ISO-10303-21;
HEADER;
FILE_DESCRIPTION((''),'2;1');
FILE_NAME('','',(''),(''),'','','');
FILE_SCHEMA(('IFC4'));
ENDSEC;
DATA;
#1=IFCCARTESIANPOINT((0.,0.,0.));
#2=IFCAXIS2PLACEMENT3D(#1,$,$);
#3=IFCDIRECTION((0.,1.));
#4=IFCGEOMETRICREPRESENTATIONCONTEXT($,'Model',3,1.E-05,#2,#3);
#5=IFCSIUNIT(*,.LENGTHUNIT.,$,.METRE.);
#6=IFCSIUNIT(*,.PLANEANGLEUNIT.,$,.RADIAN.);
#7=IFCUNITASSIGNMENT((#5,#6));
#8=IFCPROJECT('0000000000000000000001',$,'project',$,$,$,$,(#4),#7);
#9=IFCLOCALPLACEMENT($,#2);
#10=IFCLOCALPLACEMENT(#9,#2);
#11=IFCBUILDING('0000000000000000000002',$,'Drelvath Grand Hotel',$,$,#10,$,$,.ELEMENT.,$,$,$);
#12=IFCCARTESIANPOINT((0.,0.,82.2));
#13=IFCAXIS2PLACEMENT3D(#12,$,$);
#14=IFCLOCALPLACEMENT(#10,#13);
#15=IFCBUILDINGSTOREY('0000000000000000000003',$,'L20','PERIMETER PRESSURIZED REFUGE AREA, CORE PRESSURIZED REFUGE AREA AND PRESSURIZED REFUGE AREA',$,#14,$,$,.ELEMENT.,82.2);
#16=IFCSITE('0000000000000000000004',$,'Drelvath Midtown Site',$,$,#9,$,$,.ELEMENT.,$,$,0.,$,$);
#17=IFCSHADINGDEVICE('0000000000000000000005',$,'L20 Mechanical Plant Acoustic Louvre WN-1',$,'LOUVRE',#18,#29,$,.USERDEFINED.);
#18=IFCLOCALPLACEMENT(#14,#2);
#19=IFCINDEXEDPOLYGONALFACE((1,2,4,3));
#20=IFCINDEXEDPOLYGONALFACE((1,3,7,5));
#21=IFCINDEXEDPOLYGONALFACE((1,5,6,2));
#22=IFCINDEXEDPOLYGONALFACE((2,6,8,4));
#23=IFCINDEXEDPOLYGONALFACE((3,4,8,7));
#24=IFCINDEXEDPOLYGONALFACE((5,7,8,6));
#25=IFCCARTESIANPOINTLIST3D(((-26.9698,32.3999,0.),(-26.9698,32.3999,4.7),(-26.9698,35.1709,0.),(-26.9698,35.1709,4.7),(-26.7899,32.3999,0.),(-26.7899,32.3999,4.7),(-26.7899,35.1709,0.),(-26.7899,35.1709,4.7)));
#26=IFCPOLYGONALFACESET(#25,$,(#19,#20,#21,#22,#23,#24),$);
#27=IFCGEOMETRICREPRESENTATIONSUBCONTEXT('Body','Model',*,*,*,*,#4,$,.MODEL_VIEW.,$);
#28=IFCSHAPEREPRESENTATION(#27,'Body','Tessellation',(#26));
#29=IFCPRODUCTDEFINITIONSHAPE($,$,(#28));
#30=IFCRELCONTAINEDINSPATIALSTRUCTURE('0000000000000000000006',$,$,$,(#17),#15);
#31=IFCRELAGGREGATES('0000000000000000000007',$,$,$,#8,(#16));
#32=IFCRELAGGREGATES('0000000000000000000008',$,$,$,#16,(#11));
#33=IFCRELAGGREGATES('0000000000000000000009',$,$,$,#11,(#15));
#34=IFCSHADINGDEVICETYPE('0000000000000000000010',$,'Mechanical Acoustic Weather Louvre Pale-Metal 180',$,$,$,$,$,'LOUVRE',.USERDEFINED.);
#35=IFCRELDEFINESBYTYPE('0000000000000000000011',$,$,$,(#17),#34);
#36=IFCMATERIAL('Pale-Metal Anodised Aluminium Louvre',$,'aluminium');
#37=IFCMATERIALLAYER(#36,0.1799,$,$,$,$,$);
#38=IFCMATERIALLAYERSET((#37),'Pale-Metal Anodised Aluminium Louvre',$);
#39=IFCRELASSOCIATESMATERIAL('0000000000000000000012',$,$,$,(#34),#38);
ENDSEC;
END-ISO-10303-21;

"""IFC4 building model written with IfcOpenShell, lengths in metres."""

from ifc_helpers import new_model, si_unit, direction, frame, origin, origin_2d, place, context, subcontext, project, spatial, rectangle, extrude, material, layer, layer_set, type_object, element, save


model = new_model("IFC4")

# Units and contexts
model_context = context("Model", 3, precision=1e-05, world=origin(), true_north=direction((0.0, 1.0)))
body_context = subcontext(model_context, "Body", "Model", "MODEL_VIEW")
ifc_project = project(units=[si_unit("LENGTHUNIT", "METRE"), si_unit("PLANEANGLEUNIT", "RADIAN")], contexts=[model_context])

# Site, building, storey
site_placement = place(None, origin())
site = spatial("IfcSite", under=ifc_project, at=site_placement, Name="Drelvath Midtown Site", CompositionType="ELEMENT", RefElevation=0.0)
building_placement = place(site_placement, origin())
building = spatial("IfcBuilding", under=site, at=building_placement, Name="Drelvath Grand Hotel", CompositionType="ELEMENT")
storey_placement = place(building_placement, frame((0.0, 0.0, 82.2)))
storey = spatial("IfcBuildingStorey", under=building, at=storey_placement, Name="L20", Description="PERIMETER PRESSURIZED REFUGE AREA, CORE PRESSURIZED REFUGE AREA AND PRESSURIZED REFUGE AREA", CompositionType="ELEMENT", Elevation=82.2)

# Shading device
ifc_material_1 = material(Name="Pale-Metal Anodised Aluminium Louvre", Category="aluminium")
ifc_layer_1 = layer(ifc_material_1, 0.1799)
ifc_layer_set_1 = layer_set([ifc_layer_1], Name="Pale-Metal Anodised Aluminium Louvre")
shading_device_type = type_object("IfcShadingDeviceType", Name="Mechanical Acoustic Weather Louvre Pale-Metal 180", ElementType="LOUVRE", PredefinedType="USERDEFINED", material=ifc_layer_set_1)
shading_device_1_placement = place(storey_placement, frame((-26.8799, 33.7854, 0.0), z_axis=(0.0, 0.0, 1.0), x_axis=(0.0, 1.0, 0.0)))
element("IfcShadingDevice", 1, at=shading_device_1_placement, inside=storey, type_object=shading_device_type, Name="L20 Mechanical Plant Acoustic Louvre WN-1", ObjectType="LOUVRE", PredefinedType="USERDEFINED", context=body_context, shape_type="SweptSolid", body=[
    extrude(rectangle(XDim=2.771, YDim=0.1799, at=origin_2d()), origin(), (0.0, 0.0, 1.0), 4.7),
])

save(model, "model.ifc")
